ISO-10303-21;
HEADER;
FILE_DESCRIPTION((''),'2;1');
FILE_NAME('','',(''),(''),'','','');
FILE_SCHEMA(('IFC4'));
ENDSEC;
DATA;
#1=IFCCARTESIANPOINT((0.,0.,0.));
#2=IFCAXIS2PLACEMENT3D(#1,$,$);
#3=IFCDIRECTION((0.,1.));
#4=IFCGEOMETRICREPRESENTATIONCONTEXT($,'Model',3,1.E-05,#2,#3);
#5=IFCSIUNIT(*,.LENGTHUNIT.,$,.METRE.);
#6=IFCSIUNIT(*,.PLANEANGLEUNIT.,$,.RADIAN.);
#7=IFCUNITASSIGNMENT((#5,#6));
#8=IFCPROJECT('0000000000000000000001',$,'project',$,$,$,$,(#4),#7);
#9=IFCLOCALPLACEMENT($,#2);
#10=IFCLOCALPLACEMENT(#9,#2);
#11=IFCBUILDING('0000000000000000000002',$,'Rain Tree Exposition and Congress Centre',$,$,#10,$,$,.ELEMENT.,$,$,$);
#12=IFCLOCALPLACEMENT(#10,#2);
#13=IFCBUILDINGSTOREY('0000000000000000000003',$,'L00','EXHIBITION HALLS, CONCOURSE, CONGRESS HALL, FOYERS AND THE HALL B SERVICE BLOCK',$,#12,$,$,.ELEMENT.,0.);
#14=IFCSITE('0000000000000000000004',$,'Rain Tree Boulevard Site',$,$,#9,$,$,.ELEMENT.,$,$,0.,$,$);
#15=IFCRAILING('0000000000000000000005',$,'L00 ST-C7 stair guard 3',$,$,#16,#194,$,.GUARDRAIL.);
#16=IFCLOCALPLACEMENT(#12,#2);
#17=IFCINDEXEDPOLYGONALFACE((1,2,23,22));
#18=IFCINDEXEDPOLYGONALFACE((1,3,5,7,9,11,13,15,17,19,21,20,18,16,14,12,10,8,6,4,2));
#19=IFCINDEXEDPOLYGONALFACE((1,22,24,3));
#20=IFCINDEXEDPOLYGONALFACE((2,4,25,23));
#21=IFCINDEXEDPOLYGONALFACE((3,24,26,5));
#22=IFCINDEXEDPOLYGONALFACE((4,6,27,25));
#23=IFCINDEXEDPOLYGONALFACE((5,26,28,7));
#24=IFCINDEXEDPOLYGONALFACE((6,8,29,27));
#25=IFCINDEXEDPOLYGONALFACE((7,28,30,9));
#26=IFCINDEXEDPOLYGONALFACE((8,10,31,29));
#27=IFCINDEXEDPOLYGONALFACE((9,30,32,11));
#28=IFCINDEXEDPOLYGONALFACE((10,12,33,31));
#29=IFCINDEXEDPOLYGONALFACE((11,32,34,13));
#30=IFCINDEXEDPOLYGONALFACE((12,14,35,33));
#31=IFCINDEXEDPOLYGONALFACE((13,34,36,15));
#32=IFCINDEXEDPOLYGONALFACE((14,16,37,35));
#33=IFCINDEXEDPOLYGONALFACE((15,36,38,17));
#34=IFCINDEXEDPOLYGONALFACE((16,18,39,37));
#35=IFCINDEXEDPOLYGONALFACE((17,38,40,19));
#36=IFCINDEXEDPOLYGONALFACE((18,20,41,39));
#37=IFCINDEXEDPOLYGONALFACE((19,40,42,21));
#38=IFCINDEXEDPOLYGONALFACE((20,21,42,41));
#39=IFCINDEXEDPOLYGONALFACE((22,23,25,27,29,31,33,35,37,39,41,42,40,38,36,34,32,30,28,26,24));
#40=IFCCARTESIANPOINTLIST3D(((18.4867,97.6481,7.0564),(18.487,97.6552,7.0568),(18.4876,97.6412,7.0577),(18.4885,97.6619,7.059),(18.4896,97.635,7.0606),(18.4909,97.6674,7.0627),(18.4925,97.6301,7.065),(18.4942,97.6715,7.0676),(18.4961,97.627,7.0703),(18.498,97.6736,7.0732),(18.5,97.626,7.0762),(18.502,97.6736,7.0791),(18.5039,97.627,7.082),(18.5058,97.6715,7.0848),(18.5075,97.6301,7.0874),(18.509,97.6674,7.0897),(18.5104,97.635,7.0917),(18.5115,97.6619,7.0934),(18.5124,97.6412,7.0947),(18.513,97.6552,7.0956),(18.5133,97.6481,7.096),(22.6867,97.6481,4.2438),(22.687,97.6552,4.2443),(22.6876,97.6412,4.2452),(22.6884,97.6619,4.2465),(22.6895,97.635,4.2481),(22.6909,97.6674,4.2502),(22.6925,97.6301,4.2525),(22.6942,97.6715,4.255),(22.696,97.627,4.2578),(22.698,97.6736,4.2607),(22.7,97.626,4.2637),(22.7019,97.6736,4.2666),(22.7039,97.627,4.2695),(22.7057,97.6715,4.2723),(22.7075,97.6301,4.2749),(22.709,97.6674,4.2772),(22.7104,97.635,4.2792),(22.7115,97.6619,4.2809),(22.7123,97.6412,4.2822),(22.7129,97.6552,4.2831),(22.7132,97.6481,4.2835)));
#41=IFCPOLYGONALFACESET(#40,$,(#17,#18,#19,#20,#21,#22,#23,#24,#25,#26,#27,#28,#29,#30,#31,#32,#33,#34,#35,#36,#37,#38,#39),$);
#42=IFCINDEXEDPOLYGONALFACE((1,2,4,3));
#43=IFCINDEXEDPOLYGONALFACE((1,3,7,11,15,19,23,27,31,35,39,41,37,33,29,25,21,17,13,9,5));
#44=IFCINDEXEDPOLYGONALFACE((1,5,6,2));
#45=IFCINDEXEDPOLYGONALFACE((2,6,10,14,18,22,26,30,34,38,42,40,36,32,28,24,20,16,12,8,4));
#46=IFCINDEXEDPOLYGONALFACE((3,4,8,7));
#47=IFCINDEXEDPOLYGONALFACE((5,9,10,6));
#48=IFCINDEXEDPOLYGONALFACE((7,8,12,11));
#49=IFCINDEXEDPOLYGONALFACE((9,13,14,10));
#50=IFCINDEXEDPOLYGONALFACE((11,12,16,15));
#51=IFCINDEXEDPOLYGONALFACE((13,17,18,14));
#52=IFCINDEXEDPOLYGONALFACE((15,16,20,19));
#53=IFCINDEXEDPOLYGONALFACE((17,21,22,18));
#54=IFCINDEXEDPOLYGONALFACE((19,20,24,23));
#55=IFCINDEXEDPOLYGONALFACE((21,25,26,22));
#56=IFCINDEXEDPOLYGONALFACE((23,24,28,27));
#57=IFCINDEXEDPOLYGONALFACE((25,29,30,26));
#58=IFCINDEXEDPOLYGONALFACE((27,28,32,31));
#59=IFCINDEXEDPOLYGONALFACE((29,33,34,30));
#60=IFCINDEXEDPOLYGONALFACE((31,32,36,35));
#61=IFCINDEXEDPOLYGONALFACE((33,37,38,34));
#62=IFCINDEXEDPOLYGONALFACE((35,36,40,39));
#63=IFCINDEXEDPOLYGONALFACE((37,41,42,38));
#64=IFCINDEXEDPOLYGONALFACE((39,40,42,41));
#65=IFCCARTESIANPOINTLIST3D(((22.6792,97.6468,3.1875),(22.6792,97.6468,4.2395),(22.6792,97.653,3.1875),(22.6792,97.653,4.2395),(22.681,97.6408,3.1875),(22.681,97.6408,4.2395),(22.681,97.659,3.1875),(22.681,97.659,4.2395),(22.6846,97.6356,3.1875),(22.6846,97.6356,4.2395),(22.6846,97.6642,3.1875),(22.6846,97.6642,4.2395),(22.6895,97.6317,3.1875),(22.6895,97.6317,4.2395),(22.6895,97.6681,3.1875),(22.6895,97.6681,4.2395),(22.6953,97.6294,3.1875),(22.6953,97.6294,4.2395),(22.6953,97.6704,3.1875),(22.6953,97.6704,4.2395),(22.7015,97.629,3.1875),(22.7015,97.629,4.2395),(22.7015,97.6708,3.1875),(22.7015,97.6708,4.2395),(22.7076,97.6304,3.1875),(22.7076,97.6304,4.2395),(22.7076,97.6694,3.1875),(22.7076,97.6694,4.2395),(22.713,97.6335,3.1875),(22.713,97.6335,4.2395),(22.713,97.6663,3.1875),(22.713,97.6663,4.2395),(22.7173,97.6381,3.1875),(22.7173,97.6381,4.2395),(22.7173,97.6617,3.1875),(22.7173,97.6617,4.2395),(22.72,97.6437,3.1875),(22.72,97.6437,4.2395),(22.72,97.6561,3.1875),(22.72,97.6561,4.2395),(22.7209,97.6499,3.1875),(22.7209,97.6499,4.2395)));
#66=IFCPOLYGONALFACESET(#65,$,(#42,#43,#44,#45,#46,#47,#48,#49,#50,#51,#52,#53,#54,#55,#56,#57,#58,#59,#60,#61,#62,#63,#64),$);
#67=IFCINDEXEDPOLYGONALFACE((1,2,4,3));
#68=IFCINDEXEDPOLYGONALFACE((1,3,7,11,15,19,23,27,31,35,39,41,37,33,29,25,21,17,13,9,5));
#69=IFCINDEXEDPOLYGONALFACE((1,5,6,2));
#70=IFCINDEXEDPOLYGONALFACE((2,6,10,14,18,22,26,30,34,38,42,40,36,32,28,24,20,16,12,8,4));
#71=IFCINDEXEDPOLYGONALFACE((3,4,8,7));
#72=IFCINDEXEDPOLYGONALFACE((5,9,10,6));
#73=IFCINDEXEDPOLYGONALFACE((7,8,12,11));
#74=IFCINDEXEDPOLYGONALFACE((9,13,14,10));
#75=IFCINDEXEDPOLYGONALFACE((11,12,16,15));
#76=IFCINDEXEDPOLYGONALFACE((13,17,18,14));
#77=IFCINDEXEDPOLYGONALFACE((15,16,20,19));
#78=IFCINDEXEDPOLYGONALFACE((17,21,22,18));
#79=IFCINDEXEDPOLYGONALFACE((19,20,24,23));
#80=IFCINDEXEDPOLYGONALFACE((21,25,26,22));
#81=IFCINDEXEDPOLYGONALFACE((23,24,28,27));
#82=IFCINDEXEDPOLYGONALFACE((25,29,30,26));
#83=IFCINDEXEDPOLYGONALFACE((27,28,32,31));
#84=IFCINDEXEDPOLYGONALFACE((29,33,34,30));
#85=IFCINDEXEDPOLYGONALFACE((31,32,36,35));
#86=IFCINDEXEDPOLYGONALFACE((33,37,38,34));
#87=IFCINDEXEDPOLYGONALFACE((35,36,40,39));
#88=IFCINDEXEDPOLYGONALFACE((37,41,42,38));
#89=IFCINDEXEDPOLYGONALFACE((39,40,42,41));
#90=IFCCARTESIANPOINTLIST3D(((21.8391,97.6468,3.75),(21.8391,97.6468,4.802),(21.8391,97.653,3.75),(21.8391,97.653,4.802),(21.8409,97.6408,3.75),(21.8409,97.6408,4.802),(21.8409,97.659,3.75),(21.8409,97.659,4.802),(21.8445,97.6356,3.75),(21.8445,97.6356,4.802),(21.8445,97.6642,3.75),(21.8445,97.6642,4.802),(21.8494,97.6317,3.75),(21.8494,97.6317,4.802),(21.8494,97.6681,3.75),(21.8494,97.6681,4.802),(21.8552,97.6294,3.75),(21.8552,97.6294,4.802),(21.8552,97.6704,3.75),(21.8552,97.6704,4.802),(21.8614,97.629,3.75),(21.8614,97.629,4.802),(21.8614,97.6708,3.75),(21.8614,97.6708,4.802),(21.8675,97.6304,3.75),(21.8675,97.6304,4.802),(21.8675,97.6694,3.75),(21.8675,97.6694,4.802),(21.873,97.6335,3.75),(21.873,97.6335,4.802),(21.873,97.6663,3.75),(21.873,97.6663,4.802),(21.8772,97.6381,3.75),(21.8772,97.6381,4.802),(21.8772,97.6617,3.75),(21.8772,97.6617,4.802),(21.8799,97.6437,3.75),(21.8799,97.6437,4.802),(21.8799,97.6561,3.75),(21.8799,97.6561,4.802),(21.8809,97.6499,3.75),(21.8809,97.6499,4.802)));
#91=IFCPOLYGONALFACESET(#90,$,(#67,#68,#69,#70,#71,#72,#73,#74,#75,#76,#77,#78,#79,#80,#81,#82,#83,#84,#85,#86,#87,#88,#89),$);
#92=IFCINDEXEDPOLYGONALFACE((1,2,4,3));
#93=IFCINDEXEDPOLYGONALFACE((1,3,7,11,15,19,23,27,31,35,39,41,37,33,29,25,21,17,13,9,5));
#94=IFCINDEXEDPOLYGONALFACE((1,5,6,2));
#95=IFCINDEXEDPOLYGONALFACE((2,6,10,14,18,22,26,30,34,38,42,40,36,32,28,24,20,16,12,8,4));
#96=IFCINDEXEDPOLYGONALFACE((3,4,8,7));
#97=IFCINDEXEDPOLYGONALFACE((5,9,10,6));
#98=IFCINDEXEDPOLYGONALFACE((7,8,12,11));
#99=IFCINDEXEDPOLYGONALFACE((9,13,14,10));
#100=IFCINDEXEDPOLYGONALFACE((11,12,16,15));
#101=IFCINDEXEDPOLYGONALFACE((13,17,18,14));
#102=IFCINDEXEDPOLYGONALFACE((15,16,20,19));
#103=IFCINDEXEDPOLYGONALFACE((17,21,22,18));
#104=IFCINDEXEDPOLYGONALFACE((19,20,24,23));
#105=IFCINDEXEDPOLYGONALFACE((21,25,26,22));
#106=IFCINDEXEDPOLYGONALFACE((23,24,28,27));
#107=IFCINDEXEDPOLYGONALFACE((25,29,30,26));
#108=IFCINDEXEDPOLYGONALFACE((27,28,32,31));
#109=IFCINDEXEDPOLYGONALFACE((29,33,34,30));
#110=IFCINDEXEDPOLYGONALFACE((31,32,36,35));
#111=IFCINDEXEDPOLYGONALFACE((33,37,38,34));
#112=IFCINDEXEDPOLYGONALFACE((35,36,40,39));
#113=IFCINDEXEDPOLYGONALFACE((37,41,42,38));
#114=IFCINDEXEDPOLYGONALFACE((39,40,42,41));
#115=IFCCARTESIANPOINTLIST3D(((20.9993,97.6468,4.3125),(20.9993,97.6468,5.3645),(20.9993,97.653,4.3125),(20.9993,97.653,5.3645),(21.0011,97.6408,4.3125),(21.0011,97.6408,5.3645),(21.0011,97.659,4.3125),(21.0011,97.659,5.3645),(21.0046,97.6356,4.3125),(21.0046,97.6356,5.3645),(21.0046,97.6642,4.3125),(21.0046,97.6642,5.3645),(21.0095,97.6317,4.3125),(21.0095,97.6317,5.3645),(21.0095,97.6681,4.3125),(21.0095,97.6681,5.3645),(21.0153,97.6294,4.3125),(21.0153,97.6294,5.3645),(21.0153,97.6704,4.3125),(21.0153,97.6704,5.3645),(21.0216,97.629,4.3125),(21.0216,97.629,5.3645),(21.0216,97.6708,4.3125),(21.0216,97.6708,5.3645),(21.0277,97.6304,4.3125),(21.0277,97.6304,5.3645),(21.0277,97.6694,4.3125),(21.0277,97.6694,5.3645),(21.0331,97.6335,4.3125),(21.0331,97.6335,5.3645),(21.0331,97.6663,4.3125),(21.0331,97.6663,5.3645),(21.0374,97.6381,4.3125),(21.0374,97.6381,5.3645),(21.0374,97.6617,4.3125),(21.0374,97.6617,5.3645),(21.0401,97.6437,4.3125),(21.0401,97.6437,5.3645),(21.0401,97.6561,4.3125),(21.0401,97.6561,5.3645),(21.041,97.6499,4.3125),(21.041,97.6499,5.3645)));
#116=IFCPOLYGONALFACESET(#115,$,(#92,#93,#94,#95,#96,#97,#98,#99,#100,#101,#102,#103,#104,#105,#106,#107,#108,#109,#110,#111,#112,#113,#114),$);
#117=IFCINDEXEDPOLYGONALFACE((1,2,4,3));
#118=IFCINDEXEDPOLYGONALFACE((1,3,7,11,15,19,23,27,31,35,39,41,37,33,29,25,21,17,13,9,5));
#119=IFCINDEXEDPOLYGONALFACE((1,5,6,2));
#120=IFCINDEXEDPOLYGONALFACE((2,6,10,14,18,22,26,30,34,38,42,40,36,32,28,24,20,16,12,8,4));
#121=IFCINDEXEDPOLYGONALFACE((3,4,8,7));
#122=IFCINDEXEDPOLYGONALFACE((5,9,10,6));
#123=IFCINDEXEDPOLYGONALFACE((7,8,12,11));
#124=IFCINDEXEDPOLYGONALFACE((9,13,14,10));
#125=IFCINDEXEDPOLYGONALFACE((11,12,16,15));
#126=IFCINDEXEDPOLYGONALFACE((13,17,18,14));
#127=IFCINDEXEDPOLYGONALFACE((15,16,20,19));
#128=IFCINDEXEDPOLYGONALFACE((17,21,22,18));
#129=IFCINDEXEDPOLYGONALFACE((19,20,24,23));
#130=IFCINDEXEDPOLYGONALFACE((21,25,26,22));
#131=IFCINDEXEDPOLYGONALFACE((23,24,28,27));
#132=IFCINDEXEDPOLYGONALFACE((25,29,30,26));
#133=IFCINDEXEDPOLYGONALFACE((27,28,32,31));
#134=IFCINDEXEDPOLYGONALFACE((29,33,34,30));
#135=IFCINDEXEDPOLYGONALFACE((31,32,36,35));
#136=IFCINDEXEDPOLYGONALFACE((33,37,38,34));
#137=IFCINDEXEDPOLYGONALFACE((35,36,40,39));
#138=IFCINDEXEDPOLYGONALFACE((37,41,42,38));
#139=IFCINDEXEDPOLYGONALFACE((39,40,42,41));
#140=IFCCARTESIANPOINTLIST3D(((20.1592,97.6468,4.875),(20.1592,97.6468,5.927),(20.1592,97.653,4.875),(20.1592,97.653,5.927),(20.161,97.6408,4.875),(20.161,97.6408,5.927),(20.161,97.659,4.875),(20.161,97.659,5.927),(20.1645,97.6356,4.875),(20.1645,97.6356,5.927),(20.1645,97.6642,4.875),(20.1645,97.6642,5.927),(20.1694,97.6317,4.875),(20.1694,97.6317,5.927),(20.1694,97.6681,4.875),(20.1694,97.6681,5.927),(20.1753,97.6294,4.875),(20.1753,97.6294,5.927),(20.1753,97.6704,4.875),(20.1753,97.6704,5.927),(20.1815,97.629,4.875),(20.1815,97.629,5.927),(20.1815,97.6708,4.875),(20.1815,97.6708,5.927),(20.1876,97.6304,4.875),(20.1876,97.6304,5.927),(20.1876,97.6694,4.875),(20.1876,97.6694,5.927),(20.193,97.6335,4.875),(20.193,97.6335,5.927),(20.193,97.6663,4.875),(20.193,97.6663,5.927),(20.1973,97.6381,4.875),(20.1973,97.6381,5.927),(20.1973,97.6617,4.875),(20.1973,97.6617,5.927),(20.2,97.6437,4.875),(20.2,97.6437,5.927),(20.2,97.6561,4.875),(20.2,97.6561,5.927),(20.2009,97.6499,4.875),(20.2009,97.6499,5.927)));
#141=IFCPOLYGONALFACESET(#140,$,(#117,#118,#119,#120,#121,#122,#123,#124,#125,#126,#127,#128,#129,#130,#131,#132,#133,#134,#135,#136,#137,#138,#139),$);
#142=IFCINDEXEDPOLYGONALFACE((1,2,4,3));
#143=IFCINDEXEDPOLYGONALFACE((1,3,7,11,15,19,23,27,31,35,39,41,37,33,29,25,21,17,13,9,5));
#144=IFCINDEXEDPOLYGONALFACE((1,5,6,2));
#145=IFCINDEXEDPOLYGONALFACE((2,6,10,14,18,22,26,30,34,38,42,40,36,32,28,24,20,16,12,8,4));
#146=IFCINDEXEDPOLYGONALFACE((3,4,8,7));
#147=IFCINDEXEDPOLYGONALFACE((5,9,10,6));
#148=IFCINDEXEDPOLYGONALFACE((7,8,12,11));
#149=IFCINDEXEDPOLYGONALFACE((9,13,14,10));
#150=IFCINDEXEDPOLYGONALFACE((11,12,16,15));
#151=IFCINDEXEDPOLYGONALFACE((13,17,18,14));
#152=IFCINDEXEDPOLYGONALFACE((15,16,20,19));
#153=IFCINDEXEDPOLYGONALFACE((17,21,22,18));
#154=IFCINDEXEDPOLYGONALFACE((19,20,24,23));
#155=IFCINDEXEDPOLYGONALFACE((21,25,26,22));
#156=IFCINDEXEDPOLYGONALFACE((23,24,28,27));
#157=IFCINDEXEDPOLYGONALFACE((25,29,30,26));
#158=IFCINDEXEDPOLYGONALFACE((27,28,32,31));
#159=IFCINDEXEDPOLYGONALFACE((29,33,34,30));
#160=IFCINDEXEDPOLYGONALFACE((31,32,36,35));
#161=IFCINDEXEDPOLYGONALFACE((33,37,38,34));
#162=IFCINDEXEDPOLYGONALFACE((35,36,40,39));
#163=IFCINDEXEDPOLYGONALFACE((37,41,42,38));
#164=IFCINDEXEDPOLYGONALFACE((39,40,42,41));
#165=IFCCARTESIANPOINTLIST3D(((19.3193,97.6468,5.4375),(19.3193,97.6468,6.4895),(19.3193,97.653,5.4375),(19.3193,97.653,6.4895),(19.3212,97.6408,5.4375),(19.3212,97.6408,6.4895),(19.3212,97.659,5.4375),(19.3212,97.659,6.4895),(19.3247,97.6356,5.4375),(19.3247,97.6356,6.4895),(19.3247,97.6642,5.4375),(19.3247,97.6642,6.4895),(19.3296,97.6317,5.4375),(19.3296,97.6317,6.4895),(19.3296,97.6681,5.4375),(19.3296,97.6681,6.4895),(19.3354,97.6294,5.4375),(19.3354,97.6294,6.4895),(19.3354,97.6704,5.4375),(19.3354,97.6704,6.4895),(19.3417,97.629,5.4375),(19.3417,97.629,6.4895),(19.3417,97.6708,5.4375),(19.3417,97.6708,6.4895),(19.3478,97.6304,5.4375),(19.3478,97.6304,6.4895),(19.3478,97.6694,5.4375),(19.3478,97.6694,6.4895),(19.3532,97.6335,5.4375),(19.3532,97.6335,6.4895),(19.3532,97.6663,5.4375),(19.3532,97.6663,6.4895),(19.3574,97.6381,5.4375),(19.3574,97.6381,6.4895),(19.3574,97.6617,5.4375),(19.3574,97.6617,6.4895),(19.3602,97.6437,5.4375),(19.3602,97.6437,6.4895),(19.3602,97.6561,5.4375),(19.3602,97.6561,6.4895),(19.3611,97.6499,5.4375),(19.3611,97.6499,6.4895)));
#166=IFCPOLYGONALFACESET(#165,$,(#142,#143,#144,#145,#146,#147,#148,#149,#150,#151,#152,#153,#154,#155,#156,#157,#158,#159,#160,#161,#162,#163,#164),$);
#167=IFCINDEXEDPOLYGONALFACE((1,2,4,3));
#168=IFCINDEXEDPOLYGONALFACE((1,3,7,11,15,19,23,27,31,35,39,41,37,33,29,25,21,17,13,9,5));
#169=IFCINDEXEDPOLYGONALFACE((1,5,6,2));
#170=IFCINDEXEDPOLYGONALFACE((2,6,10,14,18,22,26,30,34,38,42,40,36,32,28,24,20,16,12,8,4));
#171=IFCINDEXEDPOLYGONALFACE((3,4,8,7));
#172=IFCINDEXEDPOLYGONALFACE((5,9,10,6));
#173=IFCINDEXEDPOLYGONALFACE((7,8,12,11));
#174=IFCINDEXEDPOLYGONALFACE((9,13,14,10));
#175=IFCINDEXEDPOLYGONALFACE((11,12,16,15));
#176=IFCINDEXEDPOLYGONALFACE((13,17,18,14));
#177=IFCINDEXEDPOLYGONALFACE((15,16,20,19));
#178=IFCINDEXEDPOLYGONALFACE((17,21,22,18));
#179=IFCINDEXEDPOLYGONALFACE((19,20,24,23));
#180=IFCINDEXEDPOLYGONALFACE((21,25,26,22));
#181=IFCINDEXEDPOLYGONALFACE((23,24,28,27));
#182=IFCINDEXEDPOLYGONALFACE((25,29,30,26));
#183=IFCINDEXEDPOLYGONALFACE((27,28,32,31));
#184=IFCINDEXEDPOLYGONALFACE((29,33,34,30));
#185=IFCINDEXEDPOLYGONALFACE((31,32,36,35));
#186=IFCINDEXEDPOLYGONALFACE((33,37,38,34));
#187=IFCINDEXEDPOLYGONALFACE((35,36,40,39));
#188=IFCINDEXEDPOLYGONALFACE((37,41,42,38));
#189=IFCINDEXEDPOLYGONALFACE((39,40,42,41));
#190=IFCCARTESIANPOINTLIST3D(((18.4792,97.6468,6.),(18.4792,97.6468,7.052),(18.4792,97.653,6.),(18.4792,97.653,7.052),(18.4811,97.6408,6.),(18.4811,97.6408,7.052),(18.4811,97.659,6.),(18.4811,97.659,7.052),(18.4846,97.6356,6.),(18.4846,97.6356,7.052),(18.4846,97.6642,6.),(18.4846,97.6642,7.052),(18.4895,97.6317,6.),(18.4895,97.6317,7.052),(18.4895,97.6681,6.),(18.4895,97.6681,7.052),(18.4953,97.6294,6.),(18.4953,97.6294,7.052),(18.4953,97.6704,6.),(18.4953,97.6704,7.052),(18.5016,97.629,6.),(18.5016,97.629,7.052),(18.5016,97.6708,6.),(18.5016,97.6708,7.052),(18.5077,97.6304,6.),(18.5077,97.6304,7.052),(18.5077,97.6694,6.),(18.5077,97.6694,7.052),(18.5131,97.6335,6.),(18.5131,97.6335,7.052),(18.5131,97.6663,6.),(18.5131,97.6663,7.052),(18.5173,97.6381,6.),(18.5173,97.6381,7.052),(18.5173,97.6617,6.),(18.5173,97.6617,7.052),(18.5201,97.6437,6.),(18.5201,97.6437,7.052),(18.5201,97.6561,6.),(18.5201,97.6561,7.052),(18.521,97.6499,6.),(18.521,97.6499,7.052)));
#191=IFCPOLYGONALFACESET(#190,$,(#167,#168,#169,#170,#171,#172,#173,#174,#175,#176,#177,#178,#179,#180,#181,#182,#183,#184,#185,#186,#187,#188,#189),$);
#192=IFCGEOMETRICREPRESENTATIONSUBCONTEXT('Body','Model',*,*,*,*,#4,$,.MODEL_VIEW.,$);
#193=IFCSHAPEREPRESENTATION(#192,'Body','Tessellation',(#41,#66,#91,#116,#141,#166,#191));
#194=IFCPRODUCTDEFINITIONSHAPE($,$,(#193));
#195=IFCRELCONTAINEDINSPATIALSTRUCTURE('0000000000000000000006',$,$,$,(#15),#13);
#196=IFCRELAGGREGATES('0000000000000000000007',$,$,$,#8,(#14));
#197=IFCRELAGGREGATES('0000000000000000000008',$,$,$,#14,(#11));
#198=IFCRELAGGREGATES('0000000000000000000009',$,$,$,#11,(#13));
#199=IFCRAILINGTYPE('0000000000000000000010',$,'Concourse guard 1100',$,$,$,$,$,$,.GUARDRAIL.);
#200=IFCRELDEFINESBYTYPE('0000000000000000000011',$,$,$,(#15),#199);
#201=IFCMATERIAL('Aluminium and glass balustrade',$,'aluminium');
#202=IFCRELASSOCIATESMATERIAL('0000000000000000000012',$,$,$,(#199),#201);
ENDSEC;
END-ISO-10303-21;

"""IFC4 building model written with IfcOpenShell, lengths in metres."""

from ifc_helpers import new_model, si_unit, direction, frame, origin, origin_2d, place, context, subcontext, project, spatial, circle, extrude, material, type_object, element, save


model = new_model("IFC4")

# Units and contexts
model_context = context("Model", 3, precision=1e-05, world=origin(), true_north=direction((0.0, 1.0)))
body_context = subcontext(model_context, "Body", "Model", "MODEL_VIEW")
ifc_project = project(units=[si_unit("LENGTHUNIT", "METRE"), si_unit("PLANEANGLEUNIT", "RADIAN")], contexts=[model_context])

# Site, building, storey
site_placement = place(None, origin())
site = spatial("IfcSite", under=ifc_project, at=site_placement, Name="Rain Tree Boulevard Site", CompositionType="ELEMENT", RefElevation=0.0)
building_placement = place(site_placement, origin())
building = spatial("IfcBuilding", under=site, at=building_placement, Name="Rain Tree Exposition and Congress Centre", CompositionType="ELEMENT")
storey_placement = place(building_placement, origin())
storey = spatial("IfcBuildingStorey", under=building, at=storey_placement, Name="L00", Description="EXHIBITION HALLS, CONCOURSE, CONGRESS HALL, FOYERS AND THE HALL B SERVICE BLOCK", CompositionType="ELEMENT", Elevation=0.0)

# Railing
ifc_material_1 = material(Name="Aluminium and glass balustrade", Category="aluminium")
railing_type_1 = type_object("IfcRailingType", Name="Concourse guard 1100", PredefinedType="GUARDRAIL", material=ifc_material_1)
railing_1_placement = place(storey_placement, frame((22.7, 97.6499, 3.1875)))
element("IfcRailing", 1, at=railing_1_placement, inside=storey, type_object=railing_type_1, Name="L00 ST-C7 stair guard 3", PredefinedType="GUARDRAIL", context=body_context, shape_type="SweptSolid", body=[
    extrude(circle(Radius=0.0239, at=origin_2d()), frame((0.0, 0.0, 1.0762), z_axis=(-0.830904, 0.0, 0.556416), x_axis=(0.0, -1.0, 0.0)), (0.0, 0.0, 1.0), 5.0547),
    extrude(circle(Radius=0.021, at=origin_2d()), origin(), (0.0, 0.0, 1.0), 1.052),
    extrude(circle(Radius=0.021, at=origin_2d()), frame((-0.8401, 0.0, 0.5625)), (0.0, 0.0, 1.0), 1.052),
    extrude(circle(Radius=0.021, at=origin_2d()), frame((-1.6799, 0.0, 1.125)), (0.0, 0.0, 1.0), 1.052),
    extrude(circle(Radius=0.021, at=origin_2d()), frame((-2.52, 0.0, 1.6875)), (0.0, 0.0, 1.0), 1.052),
    extrude(circle(Radius=0.021, at=origin_2d()), frame((-3.3599, 0.0, 2.25)), (0.0, 0.0, 1.0), 1.052),
    extrude(circle(Radius=0.021, at=origin_2d()), frame((-4.2, 0.0, 2.8125)), (0.0, 0.0, 1.0), 1.052),
])

save(model, "model.ifc")
